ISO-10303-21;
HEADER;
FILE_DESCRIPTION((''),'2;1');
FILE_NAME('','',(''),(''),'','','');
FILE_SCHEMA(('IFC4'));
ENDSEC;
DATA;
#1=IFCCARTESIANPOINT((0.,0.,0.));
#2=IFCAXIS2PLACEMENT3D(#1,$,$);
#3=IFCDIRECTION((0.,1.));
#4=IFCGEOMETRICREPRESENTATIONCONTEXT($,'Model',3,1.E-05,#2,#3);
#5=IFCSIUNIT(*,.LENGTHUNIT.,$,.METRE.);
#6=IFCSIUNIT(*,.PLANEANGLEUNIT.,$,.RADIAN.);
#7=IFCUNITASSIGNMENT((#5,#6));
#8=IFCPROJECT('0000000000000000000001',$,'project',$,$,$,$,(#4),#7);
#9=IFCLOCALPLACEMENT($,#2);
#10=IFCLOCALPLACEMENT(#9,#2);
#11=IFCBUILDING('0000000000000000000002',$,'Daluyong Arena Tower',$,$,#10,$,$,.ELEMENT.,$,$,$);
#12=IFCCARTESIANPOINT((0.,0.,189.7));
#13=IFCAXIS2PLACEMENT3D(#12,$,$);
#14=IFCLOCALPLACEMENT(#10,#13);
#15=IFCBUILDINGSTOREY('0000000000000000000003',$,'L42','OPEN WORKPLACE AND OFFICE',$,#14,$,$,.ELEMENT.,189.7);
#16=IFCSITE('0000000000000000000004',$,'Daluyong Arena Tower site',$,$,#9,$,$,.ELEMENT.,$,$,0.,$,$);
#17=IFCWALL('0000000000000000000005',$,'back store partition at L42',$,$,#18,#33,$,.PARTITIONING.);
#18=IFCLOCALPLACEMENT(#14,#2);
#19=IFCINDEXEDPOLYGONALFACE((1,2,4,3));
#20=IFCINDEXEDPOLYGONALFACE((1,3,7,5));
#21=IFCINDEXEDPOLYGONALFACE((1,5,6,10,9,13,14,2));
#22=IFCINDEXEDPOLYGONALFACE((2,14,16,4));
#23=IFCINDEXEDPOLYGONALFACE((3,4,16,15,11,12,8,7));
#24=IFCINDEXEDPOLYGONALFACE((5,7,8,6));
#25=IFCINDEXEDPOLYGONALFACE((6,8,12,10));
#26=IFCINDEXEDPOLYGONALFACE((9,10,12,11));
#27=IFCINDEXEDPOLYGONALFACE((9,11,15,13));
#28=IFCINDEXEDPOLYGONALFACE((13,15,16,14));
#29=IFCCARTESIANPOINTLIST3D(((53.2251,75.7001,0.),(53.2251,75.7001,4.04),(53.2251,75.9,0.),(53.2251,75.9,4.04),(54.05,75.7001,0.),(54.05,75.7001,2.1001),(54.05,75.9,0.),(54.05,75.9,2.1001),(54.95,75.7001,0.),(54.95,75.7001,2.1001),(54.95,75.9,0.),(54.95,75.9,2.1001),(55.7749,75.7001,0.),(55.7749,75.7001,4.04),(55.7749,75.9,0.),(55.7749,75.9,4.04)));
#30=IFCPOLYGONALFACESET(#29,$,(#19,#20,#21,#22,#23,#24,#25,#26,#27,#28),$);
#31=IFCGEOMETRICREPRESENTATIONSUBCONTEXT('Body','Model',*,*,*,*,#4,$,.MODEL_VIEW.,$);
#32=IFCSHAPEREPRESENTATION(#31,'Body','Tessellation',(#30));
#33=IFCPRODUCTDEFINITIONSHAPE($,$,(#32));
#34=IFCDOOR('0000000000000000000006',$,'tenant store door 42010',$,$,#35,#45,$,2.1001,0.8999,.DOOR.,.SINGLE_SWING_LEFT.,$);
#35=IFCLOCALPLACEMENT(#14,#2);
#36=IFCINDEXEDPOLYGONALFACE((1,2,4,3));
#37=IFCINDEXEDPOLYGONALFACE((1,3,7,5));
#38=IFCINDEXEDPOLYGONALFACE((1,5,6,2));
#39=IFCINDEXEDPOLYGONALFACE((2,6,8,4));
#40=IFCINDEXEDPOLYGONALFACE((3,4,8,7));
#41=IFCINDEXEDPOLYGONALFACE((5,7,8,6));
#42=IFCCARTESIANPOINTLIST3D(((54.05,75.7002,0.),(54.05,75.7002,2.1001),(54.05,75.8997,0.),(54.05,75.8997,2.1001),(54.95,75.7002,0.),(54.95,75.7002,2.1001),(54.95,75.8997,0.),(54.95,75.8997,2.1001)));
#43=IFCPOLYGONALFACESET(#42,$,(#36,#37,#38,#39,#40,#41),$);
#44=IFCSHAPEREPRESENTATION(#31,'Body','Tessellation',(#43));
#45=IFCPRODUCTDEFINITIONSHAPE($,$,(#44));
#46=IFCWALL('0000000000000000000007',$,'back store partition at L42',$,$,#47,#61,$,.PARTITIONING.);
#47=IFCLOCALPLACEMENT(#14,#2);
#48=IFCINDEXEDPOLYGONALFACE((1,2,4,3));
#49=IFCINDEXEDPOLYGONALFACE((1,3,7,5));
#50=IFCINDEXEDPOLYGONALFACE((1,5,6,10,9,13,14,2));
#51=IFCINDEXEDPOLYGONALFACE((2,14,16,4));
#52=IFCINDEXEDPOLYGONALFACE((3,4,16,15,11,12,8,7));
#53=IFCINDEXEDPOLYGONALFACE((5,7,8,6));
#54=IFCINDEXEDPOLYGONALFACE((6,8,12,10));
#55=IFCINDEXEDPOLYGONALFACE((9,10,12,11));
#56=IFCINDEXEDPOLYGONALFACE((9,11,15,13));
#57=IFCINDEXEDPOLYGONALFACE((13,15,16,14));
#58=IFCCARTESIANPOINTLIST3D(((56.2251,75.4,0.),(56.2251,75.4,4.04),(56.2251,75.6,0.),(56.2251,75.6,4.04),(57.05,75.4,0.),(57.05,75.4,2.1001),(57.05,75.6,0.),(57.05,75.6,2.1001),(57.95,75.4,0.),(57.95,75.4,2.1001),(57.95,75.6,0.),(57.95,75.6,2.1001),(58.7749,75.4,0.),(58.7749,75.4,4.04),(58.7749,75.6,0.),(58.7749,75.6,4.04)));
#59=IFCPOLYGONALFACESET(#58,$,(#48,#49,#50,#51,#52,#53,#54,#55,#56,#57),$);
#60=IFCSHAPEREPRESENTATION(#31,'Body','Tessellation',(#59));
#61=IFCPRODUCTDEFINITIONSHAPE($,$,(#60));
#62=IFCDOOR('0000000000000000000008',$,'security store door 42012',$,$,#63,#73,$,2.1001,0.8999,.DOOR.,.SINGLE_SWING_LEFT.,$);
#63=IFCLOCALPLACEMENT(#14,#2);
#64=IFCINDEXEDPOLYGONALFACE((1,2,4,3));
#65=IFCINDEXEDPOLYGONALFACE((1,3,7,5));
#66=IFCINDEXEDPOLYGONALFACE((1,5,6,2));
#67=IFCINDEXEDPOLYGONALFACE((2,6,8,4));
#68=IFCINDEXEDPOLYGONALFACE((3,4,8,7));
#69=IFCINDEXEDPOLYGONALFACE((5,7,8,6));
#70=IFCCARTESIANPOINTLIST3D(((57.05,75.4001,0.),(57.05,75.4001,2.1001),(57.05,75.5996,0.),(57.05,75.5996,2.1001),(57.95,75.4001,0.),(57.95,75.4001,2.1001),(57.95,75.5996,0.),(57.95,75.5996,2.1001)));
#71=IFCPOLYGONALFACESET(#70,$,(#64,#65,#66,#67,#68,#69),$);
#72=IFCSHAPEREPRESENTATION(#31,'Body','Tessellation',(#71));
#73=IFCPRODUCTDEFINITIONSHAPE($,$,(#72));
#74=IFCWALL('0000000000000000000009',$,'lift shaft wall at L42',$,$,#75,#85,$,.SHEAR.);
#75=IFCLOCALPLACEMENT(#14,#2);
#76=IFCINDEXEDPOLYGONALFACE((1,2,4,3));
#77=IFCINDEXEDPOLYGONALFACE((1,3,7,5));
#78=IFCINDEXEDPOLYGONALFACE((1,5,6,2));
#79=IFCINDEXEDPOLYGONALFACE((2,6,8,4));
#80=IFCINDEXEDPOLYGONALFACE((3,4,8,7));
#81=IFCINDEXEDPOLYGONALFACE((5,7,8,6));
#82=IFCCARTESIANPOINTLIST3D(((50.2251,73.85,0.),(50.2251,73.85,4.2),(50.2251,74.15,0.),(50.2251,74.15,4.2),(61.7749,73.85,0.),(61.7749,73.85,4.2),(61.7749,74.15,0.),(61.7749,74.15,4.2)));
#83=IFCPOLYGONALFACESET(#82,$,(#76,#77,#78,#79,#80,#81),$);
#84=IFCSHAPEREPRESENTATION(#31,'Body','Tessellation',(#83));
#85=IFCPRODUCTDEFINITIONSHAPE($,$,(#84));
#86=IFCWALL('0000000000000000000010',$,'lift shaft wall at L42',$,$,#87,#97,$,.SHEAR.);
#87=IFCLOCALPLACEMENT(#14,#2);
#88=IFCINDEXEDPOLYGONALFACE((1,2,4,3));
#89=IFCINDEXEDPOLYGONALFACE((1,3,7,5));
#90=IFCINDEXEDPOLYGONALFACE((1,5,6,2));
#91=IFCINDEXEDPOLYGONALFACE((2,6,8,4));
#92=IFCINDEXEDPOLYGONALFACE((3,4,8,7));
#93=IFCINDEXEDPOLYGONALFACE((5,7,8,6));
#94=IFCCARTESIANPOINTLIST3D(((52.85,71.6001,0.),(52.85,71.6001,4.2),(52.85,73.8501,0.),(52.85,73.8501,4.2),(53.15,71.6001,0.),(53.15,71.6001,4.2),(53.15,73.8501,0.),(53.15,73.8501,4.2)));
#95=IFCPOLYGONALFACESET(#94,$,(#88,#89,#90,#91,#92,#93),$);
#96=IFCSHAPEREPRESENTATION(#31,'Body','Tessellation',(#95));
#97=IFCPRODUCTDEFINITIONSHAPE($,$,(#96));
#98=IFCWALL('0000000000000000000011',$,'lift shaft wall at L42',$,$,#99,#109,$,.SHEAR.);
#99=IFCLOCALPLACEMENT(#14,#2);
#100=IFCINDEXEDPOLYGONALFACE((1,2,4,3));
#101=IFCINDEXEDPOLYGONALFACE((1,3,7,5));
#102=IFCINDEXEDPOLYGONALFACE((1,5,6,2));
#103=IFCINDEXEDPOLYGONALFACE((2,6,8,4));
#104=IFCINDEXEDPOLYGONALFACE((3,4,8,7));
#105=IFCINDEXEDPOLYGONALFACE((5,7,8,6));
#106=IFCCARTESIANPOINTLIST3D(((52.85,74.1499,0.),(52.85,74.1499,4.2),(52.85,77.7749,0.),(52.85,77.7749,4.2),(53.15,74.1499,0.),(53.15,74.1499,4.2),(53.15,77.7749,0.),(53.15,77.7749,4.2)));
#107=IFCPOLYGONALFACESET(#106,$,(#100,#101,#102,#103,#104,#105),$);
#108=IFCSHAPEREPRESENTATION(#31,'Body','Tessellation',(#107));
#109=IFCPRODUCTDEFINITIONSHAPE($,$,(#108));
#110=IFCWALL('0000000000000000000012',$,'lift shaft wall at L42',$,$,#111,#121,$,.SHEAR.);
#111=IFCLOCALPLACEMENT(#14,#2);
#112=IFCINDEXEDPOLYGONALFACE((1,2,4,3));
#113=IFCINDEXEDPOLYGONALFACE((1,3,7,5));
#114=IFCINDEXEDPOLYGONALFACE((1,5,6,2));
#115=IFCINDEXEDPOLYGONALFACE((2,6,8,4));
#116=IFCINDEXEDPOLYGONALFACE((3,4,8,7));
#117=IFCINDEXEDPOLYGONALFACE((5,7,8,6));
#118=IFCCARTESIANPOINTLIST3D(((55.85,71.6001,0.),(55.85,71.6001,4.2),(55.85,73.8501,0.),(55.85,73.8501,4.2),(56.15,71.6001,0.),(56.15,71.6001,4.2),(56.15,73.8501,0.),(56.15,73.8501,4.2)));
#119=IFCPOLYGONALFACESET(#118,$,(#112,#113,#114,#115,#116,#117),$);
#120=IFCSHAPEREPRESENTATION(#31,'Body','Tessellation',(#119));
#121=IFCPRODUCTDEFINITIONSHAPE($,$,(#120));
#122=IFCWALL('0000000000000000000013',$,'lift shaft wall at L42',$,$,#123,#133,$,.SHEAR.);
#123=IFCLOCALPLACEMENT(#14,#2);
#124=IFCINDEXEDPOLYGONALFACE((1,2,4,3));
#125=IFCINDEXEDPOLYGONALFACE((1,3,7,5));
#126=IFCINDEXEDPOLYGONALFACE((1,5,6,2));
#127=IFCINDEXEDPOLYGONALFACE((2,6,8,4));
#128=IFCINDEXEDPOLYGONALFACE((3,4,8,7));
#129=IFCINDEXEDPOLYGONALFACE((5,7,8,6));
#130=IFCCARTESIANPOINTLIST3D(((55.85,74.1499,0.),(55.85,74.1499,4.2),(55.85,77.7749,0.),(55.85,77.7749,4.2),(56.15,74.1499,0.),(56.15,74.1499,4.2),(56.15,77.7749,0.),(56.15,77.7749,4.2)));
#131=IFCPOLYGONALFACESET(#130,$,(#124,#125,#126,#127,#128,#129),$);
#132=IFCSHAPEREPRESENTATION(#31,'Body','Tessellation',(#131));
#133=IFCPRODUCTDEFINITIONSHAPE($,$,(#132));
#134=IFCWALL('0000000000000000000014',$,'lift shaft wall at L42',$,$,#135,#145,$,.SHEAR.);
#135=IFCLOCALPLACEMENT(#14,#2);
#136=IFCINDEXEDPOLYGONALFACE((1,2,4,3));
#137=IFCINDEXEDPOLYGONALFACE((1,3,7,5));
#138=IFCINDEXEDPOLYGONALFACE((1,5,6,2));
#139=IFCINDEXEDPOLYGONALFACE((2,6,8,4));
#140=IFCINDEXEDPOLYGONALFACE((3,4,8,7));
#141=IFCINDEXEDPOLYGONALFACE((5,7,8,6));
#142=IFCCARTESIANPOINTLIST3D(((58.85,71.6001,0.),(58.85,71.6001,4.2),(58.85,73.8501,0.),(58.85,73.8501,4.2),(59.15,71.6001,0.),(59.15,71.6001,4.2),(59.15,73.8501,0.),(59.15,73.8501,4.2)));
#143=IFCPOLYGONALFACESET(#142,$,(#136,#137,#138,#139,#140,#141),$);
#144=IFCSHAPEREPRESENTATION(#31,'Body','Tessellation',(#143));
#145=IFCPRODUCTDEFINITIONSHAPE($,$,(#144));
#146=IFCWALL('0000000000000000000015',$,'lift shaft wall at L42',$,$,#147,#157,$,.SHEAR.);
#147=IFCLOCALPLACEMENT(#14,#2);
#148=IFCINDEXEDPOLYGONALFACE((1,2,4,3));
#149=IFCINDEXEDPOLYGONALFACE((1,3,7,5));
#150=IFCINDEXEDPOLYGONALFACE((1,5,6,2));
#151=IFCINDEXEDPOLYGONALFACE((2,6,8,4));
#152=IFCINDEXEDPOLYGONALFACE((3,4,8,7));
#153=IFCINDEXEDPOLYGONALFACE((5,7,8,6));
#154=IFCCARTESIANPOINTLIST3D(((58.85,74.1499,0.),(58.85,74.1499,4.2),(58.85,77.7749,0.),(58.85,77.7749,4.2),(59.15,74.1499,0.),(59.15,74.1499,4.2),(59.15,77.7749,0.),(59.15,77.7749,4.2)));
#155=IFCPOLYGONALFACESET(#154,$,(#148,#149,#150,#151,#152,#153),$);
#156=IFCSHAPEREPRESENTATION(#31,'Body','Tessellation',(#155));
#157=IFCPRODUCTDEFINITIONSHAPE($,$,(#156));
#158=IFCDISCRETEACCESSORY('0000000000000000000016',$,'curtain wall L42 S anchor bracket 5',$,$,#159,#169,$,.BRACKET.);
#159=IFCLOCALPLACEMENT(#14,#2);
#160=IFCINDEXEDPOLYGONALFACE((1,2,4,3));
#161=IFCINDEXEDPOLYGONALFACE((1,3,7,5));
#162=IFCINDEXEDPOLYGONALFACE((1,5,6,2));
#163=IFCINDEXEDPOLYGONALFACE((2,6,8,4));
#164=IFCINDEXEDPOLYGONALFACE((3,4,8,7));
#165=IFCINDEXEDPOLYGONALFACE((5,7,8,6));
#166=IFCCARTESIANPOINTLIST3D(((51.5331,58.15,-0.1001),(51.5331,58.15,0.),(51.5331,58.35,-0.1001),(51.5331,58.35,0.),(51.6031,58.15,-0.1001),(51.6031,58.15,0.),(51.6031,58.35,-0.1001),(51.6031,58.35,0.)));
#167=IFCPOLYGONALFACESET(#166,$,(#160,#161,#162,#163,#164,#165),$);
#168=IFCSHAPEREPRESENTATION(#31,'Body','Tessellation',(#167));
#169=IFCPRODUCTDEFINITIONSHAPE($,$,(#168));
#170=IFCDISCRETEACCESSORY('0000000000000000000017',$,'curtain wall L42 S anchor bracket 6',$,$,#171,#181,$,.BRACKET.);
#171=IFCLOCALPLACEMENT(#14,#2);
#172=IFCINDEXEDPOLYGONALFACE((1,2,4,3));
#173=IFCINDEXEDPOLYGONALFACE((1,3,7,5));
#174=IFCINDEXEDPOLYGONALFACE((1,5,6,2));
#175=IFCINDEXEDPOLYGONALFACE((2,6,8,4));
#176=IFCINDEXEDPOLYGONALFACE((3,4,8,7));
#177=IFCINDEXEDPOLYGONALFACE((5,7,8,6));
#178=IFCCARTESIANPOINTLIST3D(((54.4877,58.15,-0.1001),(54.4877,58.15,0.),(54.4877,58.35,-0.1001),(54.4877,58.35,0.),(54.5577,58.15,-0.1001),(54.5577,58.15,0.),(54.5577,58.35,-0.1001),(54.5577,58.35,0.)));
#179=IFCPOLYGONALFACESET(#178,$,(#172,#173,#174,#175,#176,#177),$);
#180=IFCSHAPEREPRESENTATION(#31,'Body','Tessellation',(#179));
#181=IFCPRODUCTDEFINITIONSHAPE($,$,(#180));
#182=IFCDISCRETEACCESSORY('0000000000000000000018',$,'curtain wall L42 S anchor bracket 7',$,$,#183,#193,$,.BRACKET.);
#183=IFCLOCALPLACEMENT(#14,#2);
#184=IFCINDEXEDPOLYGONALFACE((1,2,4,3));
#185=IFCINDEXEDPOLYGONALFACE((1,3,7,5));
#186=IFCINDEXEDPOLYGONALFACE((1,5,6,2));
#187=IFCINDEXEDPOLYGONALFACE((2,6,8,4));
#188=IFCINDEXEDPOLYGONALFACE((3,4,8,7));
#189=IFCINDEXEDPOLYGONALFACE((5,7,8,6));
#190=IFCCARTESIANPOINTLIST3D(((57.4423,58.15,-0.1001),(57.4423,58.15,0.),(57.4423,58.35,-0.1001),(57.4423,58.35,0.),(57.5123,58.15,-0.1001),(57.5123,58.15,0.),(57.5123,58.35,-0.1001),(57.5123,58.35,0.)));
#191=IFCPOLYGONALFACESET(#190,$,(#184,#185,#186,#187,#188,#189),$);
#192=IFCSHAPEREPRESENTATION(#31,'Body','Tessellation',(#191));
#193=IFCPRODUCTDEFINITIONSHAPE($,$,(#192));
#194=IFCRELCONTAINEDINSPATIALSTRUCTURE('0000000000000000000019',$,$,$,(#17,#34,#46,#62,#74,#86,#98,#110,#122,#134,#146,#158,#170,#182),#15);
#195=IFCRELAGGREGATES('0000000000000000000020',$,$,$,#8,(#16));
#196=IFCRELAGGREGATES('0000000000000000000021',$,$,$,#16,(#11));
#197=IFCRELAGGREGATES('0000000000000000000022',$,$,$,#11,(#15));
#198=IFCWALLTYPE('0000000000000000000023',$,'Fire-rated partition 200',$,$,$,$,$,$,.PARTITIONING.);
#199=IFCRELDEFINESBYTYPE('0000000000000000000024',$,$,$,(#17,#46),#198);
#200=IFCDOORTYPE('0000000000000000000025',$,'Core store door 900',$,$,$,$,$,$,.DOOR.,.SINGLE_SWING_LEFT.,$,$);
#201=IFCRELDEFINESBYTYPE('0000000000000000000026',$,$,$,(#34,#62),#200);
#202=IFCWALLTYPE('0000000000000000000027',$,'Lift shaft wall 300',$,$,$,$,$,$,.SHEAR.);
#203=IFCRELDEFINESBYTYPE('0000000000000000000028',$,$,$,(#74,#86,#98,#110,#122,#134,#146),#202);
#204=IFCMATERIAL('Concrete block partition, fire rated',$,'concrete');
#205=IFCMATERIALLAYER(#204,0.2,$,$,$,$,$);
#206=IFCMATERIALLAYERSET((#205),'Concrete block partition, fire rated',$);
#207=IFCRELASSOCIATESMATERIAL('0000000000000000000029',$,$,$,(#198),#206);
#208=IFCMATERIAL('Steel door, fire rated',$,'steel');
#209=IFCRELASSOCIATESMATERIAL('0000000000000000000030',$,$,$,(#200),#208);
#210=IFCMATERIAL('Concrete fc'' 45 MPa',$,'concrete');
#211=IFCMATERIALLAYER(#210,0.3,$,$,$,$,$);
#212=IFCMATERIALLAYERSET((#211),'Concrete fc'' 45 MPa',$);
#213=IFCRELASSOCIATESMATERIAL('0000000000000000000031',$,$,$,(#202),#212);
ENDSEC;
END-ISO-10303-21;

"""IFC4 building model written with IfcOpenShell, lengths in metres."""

from ifc_helpers import new_model, si_unit, direction, frame, frame_2d, origin, origin_2d, place, context, subcontext, project, spatial, rectangle, extrude, material, layer, layer_set, type_object, element, fill, save


model = new_model("IFC4")

# Units and contexts
model_context = context("Model", 3, precision=1e-05, world=origin(), true_north=direction((0.0, 1.0)))
body_context = subcontext(model_context, "Body", "Model", "MODEL_VIEW")
ifc_project = project(units=[si_unit("LENGTHUNIT", "METRE"), si_unit("PLANEANGLEUNIT", "RADIAN")], contexts=[model_context])

# Site, building, storey
site_placement = place(None, origin())
site = spatial("IfcSite", under=ifc_project, at=site_placement, Name="Daluyong Arena Tower site", CompositionType="ELEMENT", RefElevation=0.0)
building_placement = place(site_placement, origin())
building = spatial("IfcBuilding", under=site, at=building_placement, Name="Daluyong Arena Tower", CompositionType="ELEMENT")
storey_placement = place(building_placement, frame((0.0, 0.0, 189.7)))
storey = spatial("IfcBuildingStorey", under=building, at=storey_placement, Name="L42", Description="OPEN WORKPLACE AND OFFICE", CompositionType="ELEMENT", Elevation=189.7)

# Walls, openings, doors
ifc_material_1 = material(Name="Concrete block partition, fire rated", Category="concrete")
ifc_layer_1 = layer(ifc_material_1, 0.2)
ifc_layer_set_1 = layer_set([ifc_layer_1], Name="Concrete block partition, fire rated")
wall_type_1 = type_object("IfcWallType", Name="Fire-rated partition 200", PredefinedType="PARTITIONING", material=ifc_layer_set_1)
ifc_material_2 = material(Name="Steel door, fire rated", Category="steel")
door_type = type_object("IfcDoorType", Name="Core store door 900", OperationType="SINGLE_SWING_LEFT", PredefinedType="DOOR", material=ifc_material_2)
wall_1_placement = place(storey_placement, frame((53.2251, 75.8, 0.0), z_axis=(0.0, 0.0, 1.0), x_axis=(1.0, 0.0, 0.0)))
wall_1 = element("IfcWall", 1, at=wall_1_placement, inside=storey, type_object=wall_type_1, Name="back store partition at L42", PredefinedType="PARTITIONING", context=body_context, shape_type="SweptSolid", body=[
    extrude(rectangle(XDim=2.5498, YDim=0.2, at=frame_2d((1.2749, 0.0))), origin(), (0.0, 0.0, 1.0), 4.04),
])
opening_1_placement = place(wall_1_placement, frame((0.825, 0.0, 0.0)))
opening_1 = element("IfcOpeningElement", 2, at=opening_1_placement, cuts=wall_1, PredefinedType="OPENING", context=body_context, shape_type="SweptSolid", body=[
    extrude(rectangle(XDim=0.8999, YDim=2.1001, at=frame_2d((0.45, 1.05))), frame((0.0, 0.1099, 0.0), z_axis=(0.0, -1.0, 0.0), x_axis=(1.0, 0.0, 0.0)), (0.0, 0.0, 1.0), 0.22),
])
door_1_placement = place(opening_1_placement, origin())
door_1 = element("IfcDoor", 3, at=door_1_placement, inside=storey, type_object=door_type, Name="tenant store door 42010", OperationType="SINGLE_SWING_LEFT", OverallHeight=2.1001, OverallWidth=0.8999, PredefinedType="DOOR", context=body_context, shape_type="SweptSolid", body=[
    extrude(rectangle(XDim=0.8999, YDim=2.1001, at=frame_2d((0.45, 1.05))), frame((0.0, 0.0996, 0.0), z_axis=(0.0, -1.0, 0.0), x_axis=(1.0, 0.0, 0.0)), (0.0, 0.0, 1.0), 0.1995),
])
fill(opening_1, door_1)
wall_2_placement = place(storey_placement, frame((56.2251, 75.5, 0.0), z_axis=(0.0, 0.0, 1.0), x_axis=(1.0, 0.0, 0.0)))
wall_2 = element("IfcWall", 4, at=wall_2_placement, inside=storey, type_object=wall_type_1, Name="back store partition at L42", PredefinedType="PARTITIONING", context=body_context, shape_type="SweptSolid", body=[
    extrude(rectangle(XDim=2.5498, YDim=0.2, at=frame_2d((1.2749, 0.0))), origin(), (0.0, 0.0, 1.0), 4.04),
])
opening_2_placement = place(wall_2_placement, frame((0.825, 0.0, 0.0)))
opening_2 = element("IfcOpeningElement", 5, at=opening_2_placement, cuts=wall_2, PredefinedType="OPENING", context=body_context, shape_type="SweptSolid", body=[
    extrude(rectangle(XDim=0.8999, YDim=2.1001, at=frame_2d((0.45, 1.05))), frame((0.0, 0.1099, 0.0), z_axis=(0.0, -1.0, 0.0), x_axis=(1.0, 0.0, 0.0)), (0.0, 0.0, 1.0), 0.22),
])
door_2_placement = place(opening_2_placement, origin())
door_2 = element("IfcDoor", 6, at=door_2_placement, inside=storey, type_object=door_type, Name="security store door 42012", OperationType="SINGLE_SWING_LEFT", OverallHeight=2.1001, OverallWidth=0.8999, PredefinedType="DOOR", context=body_context, shape_type="SweptSolid", body=[
    extrude(rectangle(XDim=0.8999, YDim=2.1001, at=frame_2d((0.45, 1.05))), frame((0.0, 0.0996, 0.0), z_axis=(0.0, -1.0, 0.0), x_axis=(1.0, 0.0, 0.0)), (0.0, 0.0, 1.0), 0.1995),
])
fill(opening_2, door_2)

# Walls
ifc_material_3 = material(Name="Concrete fc' 45 MPa", Category="concrete")
ifc_layer_2 = layer(ifc_material_3, 0.3)
ifc_layer_set_2 = layer_set([ifc_layer_2], Name="Concrete fc' 45 MPa")
wall_type_2 = type_object("IfcWallType", Name="Lift shaft wall 300", PredefinedType="SHEAR", material=ifc_layer_set_2)
wall_3_placement = place(storey_placement, frame((50.2251, 74.0, 0.0), z_axis=(0.0, 0.0, 1.0), x_axis=(1.0, 0.0, 0.0)))
element("IfcWall", 7, at=wall_3_placement, inside=storey, type_object=wall_type_2, Name="lift shaft wall at L42", PredefinedType="SHEAR", context=body_context, shape_type="SweptSolid", body=[
    extrude(rectangle(XDim=11.5498, YDim=0.3, at=frame_2d((5.7749, 0.0))), origin(), (0.0, 0.0, 1.0), 4.2),
])
wall_4_placement = place(storey_placement, frame((53.0, 71.6001, 0.0), z_axis=(0.0, 0.0, 1.0), x_axis=(0.0, 1.0, 0.0)))
element("IfcWall", 8, at=wall_4_placement, inside=storey, type_object=wall_type_2, Name="lift shaft wall at L42", PredefinedType="SHEAR", context=body_context, shape_type="SweptSolid", body=[
    extrude(rectangle(XDim=2.25, YDim=0.3, at=frame_2d((1.125, 0.0))), origin(), (0.0, 0.0, 1.0), 4.2),
])
wall_5_placement = place(storey_placement, frame((53.0, 74.1499, 0.0), z_axis=(0.0, 0.0, 1.0), x_axis=(0.0, 1.0, 0.0)))
element("IfcWall", 9, at=wall_5_placement, inside=storey, type_object=wall_type_2, Name="lift shaft wall at L42", PredefinedType="SHEAR", context=body_context, shape_type="SweptSolid", body=[
    extrude(rectangle(XDim=3.625, YDim=0.3, at=frame_2d((1.8125, 0.0))), origin(), (0.0, 0.0, 1.0), 4.2),
])
wall_6_placement = place(storey_placement, frame((56.0, 71.6001, 0.0), z_axis=(0.0, 0.0, 1.0), x_axis=(0.0, 1.0, 0.0)))
element("IfcWall", 10, at=wall_6_placement, inside=storey, type_object=wall_type_2, Name="lift shaft wall at L42", PredefinedType="SHEAR", context=body_context, shape_type="SweptSolid", body=[
    extrude(rectangle(XDim=2.25, YDim=0.3, at=frame_2d((1.125, 0.0))), origin(), (0.0, 0.0, 1.0), 4.2),
])
wall_7_placement = place(storey_placement, frame((56.0, 74.1499, 0.0), z_axis=(0.0, 0.0, 1.0), x_axis=(0.0, 1.0, 0.0)))
element("IfcWall", 11, at=wall_7_placement, inside=storey, type_object=wall_type_2, Name="lift shaft wall at L42", PredefinedType="SHEAR", context=body_context, shape_type="SweptSolid", body=[
    extrude(rectangle(XDim=3.625, YDim=0.3, at=frame_2d((1.8125, 0.0))), origin(), (0.0, 0.0, 1.0), 4.2),
])
wall_8_placement = place(storey_placement, frame((59.0, 71.6001, 0.0), z_axis=(0.0, 0.0, 1.0), x_axis=(0.0, 1.0, 0.0)))
element("IfcWall", 12, at=wall_8_placement, inside=storey, type_object=wall_type_2, Name="lift shaft wall at L42", PredefinedType="SHEAR", context=body_context, shape_type="SweptSolid", body=[
    extrude(rectangle(XDim=2.25, YDim=0.3, at=frame_2d((1.125, 0.0))), origin(), (0.0, 0.0, 1.0), 4.2),
])
wall_9_placement = place(storey_placement, frame((59.0, 74.1499, 0.0), z_axis=(0.0, 0.0, 1.0), x_axis=(0.0, 1.0, 0.0)))
element("IfcWall", 13, at=wall_9_placement, inside=storey, type_object=wall_type_2, Name="lift shaft wall at L42", PredefinedType="SHEAR", context=body_context, shape_type="SweptSolid", body=[
    extrude(rectangle(XDim=3.625, YDim=0.3, at=frame_2d((1.8125, 0.0))), origin(), (0.0, 0.0, 1.0), 4.2),
])

# Discrete accessories
for number, where, z_axis, x_axis, name in (
    (14, (51.5681, 58.25, -0.1001), (0.0, 0.0, 1.0), (1.0, 0.0, 0.0), "curtain wall L42 S anchor bracket 5"),
    (15, (54.5227, 58.25, -0.1001), (0.0, 0.0, 1.0), (1.0, 0.0, 0.0), "curtain wall L42 S anchor bracket 6"),
    (16, (57.4773, 58.25, -0.1001), (0.0, 0.0, 1.0), (1.0, 0.0, 0.0), "curtain wall L42 S anchor bracket 7"),
):
    element("IfcDiscreteAccessory", number, at=place(storey_placement, frame(where, z_axis=z_axis, x_axis=x_axis)), inside=storey, Name=name, PredefinedType="BRACKET", context=body_context, shape_type="SweptSolid", body=[
        extrude(rectangle(XDim=0.0701, YDim=0.2, at=origin_2d()), origin(), (0.0, 0.0, 1.0), 0.1001),
    ])

save(model, "model.ifc")
